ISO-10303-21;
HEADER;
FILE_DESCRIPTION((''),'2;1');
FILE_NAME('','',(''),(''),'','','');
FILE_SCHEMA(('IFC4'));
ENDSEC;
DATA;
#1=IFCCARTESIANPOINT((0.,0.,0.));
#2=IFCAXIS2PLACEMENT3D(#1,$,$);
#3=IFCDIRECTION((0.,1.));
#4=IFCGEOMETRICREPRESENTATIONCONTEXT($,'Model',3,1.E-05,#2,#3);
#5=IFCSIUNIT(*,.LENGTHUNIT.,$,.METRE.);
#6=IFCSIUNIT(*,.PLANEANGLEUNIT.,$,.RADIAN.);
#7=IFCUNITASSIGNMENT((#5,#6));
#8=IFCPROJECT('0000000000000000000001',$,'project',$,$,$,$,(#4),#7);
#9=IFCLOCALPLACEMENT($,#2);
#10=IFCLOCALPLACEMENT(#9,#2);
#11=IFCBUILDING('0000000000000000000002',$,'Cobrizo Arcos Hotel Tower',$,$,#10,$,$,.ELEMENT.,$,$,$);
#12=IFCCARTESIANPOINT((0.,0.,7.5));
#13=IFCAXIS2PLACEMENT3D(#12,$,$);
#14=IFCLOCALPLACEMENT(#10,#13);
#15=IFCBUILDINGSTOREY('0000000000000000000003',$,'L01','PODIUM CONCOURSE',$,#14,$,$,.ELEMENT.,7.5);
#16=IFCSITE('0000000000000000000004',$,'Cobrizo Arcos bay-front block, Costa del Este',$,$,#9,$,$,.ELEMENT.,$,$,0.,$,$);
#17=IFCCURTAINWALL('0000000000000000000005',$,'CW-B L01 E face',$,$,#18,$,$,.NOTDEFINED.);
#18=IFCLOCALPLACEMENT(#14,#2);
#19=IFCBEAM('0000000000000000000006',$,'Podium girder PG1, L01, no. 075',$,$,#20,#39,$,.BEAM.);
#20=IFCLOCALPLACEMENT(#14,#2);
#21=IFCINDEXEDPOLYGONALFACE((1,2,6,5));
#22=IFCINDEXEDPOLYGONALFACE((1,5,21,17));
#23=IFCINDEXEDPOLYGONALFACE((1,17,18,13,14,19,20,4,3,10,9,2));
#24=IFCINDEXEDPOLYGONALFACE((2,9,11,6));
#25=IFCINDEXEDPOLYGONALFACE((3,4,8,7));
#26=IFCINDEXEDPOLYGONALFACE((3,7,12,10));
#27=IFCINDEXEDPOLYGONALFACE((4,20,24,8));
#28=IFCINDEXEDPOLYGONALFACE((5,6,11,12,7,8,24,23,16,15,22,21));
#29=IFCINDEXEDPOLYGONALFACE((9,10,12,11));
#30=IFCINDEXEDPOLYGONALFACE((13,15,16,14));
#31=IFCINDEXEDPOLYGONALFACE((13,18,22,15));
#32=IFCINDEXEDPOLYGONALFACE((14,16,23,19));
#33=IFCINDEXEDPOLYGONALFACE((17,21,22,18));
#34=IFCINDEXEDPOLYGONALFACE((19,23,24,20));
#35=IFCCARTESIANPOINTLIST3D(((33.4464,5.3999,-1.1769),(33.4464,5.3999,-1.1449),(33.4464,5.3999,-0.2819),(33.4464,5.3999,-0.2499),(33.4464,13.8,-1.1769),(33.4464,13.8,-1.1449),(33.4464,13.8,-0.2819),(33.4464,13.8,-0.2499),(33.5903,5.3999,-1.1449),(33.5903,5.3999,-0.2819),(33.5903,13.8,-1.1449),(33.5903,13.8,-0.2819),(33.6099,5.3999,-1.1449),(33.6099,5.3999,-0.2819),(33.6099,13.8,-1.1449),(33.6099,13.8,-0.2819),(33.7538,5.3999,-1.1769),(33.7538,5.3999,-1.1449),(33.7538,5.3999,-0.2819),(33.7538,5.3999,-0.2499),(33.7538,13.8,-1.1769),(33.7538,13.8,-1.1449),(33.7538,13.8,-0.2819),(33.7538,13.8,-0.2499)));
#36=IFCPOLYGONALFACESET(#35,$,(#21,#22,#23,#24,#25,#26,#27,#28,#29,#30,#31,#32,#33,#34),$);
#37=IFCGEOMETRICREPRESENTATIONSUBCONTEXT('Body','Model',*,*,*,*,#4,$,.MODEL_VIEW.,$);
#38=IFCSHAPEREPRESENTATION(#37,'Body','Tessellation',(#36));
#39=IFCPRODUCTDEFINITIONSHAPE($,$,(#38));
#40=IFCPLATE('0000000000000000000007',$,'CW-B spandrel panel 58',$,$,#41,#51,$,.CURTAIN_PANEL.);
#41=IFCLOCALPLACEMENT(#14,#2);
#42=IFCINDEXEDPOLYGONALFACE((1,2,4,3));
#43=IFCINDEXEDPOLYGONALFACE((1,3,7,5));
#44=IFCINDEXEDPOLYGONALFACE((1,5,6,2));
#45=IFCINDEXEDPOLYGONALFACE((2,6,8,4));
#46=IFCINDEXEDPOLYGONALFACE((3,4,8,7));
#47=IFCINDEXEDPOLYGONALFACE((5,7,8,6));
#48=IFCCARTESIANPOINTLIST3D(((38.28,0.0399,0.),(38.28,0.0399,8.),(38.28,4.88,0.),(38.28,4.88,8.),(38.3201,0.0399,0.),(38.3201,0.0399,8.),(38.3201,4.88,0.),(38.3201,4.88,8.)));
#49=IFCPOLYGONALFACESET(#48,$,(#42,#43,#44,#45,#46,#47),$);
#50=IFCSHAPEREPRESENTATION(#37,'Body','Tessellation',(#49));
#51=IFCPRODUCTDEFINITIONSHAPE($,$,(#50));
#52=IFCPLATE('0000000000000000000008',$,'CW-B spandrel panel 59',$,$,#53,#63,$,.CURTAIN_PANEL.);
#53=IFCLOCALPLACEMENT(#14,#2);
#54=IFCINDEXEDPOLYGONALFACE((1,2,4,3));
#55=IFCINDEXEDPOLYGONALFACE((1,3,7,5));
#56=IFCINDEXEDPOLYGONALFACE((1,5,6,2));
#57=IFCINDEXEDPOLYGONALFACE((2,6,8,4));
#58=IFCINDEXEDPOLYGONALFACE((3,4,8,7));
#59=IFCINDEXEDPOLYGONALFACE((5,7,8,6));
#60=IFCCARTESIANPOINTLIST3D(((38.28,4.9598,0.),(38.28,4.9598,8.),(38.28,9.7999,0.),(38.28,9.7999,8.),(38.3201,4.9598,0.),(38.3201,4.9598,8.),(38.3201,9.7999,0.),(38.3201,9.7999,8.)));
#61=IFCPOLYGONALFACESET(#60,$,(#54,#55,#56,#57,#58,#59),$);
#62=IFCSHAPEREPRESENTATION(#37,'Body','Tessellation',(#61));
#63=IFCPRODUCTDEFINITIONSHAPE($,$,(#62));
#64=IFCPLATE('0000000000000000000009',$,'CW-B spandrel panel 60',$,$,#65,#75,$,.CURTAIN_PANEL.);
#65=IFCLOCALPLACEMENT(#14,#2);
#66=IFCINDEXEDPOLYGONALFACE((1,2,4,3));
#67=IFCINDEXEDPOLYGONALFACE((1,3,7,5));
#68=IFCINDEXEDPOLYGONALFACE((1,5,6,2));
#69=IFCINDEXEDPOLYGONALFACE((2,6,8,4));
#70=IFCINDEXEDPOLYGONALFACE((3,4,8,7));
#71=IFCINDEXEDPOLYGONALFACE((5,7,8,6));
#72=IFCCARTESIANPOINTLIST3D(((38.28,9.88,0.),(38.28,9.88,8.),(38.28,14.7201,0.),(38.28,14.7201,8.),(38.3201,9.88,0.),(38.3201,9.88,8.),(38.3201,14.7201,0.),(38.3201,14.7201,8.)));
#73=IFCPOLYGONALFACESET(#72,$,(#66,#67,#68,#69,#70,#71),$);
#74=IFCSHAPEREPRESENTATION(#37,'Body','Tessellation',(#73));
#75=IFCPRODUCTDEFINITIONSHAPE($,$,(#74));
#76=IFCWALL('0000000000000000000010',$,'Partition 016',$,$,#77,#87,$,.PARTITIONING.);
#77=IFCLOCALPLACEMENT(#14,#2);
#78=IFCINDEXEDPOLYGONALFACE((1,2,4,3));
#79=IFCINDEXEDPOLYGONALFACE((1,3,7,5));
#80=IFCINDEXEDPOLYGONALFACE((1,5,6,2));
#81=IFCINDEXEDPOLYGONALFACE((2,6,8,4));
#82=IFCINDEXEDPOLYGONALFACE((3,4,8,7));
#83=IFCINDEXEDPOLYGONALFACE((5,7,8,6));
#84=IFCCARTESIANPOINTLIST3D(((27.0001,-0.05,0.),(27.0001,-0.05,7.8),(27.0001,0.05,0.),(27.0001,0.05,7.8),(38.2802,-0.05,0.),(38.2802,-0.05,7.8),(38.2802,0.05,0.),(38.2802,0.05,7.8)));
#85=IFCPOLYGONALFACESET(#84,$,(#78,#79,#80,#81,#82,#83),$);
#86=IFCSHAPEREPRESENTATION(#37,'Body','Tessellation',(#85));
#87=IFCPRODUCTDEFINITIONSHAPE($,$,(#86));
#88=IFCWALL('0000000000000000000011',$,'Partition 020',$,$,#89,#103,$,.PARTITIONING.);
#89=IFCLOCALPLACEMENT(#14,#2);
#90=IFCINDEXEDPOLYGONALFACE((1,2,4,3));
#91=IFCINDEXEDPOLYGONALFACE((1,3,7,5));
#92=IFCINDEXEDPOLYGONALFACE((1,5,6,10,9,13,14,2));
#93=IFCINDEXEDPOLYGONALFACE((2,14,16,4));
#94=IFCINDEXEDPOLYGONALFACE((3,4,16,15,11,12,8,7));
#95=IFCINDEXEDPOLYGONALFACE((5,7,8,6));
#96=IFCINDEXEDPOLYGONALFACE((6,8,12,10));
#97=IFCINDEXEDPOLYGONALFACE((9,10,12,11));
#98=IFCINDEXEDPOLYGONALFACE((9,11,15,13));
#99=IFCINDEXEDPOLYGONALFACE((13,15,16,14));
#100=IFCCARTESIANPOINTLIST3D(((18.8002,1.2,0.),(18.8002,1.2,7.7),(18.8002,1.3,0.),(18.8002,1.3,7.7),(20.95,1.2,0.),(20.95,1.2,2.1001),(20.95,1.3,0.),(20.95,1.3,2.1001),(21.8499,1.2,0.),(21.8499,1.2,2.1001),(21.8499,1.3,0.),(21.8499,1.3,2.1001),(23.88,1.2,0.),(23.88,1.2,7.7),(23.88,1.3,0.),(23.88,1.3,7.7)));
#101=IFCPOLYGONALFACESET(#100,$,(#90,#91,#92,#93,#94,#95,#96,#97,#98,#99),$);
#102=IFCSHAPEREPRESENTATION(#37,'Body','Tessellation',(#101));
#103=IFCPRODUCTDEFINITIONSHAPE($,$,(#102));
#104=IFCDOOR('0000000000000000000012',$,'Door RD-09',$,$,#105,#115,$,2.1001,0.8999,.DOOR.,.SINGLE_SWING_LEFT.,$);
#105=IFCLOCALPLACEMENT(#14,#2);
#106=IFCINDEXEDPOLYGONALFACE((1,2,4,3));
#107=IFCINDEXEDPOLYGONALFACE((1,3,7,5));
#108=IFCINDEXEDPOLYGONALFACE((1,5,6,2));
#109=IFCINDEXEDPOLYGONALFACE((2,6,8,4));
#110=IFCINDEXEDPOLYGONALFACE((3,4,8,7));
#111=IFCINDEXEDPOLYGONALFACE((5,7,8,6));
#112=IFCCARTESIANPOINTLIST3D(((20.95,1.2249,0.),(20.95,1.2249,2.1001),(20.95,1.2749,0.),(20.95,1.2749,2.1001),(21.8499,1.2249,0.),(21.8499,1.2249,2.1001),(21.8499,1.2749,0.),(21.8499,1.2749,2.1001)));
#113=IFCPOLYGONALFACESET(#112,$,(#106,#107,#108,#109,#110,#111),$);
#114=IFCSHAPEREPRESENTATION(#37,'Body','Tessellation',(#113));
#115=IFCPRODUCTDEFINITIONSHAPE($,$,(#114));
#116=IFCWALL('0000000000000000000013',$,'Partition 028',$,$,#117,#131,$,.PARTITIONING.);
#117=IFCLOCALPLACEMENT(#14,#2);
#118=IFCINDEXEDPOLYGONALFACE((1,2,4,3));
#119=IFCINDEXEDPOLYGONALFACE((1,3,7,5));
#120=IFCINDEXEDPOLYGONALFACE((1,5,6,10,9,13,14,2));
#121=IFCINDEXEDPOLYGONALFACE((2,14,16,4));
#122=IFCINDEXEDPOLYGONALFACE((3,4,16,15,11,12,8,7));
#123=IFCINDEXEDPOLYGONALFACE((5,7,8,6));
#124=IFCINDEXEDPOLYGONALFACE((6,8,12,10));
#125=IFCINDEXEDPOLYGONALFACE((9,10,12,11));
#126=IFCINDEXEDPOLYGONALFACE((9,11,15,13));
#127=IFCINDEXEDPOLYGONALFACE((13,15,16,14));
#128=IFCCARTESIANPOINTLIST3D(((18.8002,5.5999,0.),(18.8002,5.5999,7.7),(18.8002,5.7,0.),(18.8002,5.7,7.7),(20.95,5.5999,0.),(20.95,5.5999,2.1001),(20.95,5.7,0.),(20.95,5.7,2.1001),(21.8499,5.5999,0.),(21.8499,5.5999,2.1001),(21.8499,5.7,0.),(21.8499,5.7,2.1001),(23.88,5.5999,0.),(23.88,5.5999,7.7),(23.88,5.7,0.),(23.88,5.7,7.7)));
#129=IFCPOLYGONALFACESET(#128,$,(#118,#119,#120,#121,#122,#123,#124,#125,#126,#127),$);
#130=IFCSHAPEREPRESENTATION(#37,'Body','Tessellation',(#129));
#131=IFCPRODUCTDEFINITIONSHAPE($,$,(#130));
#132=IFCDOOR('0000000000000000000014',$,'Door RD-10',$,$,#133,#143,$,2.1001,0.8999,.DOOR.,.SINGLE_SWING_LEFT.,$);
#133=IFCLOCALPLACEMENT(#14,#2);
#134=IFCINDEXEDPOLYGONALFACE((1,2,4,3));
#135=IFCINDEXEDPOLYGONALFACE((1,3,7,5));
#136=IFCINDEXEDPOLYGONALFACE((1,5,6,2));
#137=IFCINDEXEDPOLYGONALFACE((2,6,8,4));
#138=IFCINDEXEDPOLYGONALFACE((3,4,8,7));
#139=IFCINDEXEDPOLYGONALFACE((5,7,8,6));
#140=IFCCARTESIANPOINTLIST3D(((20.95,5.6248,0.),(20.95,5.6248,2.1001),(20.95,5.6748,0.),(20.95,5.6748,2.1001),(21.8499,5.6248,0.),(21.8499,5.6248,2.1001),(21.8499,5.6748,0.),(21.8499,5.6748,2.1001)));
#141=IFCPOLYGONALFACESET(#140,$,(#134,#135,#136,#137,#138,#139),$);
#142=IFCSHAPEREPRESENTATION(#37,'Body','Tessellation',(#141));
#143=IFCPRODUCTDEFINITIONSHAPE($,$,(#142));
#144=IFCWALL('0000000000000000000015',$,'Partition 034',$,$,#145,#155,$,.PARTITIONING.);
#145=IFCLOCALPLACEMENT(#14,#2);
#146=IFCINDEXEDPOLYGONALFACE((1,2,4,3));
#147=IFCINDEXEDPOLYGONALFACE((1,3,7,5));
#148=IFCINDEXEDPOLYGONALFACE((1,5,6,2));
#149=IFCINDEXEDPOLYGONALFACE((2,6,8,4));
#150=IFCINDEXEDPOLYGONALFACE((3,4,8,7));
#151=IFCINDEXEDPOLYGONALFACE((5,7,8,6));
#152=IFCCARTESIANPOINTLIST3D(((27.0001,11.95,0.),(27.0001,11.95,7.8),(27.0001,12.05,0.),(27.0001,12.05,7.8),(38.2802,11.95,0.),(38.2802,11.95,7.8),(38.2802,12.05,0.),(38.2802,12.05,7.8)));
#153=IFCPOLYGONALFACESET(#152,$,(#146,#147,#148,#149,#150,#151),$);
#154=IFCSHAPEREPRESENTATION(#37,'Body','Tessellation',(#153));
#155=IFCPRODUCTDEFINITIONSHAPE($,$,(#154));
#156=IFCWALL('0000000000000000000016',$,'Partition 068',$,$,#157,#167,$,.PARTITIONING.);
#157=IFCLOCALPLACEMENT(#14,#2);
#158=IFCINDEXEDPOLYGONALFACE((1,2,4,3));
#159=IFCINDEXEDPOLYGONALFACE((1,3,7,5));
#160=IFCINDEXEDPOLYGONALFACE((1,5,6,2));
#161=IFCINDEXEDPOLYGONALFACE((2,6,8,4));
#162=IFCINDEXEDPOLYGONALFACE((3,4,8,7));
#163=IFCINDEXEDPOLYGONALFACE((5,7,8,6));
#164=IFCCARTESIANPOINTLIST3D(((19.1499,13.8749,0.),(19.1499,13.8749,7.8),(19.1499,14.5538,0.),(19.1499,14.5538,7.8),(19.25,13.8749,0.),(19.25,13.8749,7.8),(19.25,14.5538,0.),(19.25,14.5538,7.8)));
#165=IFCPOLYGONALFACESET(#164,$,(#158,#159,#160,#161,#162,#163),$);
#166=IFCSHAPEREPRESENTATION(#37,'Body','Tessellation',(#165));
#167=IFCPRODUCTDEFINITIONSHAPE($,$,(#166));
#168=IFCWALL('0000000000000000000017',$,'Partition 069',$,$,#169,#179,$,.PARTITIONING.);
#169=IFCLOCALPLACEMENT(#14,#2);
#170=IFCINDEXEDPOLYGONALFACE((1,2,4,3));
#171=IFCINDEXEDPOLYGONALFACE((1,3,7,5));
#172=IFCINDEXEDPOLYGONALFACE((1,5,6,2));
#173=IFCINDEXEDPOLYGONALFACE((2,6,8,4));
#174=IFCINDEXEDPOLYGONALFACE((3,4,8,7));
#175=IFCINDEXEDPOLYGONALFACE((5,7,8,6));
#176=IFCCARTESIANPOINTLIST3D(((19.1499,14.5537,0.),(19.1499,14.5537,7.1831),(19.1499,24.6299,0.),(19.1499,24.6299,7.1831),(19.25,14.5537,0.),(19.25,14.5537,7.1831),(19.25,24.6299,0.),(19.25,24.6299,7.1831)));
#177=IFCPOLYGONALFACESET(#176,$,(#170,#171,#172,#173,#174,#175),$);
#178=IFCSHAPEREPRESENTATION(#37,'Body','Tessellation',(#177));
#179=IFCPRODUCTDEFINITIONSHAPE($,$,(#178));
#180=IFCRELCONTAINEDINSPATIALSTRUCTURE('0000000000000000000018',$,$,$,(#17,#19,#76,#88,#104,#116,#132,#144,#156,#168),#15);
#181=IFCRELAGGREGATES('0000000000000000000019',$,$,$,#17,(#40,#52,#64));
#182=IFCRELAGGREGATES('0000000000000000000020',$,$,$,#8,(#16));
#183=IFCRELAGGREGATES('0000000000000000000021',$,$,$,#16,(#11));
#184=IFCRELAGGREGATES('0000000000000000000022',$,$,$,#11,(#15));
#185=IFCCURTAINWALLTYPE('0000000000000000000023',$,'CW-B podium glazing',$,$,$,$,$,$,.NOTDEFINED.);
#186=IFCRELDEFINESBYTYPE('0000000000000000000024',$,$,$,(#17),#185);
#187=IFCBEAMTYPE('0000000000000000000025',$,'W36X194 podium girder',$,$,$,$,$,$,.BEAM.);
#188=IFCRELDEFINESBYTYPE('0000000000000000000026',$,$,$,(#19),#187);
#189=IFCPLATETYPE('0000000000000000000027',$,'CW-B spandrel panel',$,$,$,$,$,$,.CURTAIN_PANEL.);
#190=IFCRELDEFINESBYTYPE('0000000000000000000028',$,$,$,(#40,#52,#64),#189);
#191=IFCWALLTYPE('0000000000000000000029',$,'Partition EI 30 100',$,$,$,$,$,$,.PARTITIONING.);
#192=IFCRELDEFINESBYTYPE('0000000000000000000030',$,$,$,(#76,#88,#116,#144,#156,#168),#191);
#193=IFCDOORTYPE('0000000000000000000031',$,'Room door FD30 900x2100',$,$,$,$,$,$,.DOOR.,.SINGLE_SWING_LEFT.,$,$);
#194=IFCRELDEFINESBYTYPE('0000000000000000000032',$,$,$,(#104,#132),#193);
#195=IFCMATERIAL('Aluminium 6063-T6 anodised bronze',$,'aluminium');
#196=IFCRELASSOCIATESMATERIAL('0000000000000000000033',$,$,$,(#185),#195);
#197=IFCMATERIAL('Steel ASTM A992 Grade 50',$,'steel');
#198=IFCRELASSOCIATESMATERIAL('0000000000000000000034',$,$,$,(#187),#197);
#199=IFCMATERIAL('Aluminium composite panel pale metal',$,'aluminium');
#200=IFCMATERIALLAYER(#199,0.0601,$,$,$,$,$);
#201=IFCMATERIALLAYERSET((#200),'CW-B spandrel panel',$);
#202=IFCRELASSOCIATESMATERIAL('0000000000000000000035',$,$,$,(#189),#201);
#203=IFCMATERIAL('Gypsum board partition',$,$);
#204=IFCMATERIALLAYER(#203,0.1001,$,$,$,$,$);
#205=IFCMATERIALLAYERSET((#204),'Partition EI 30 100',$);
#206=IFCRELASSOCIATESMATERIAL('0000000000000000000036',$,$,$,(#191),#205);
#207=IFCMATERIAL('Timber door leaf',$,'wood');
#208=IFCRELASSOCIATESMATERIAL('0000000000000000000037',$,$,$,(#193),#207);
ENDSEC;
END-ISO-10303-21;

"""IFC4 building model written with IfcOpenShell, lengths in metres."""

from ifc_helpers import new_model, si_unit, direction, frame, frame_2d, origin, origin_2d, place, context, subcontext, project, spatial, rectangle, i_section, extrude, material, layer, layer_set, material_profile, profile_set, type_object, element, fill, aggregate, save


model = new_model("IFC4")

# Units and contexts
model_context = context("Model", 3, precision=1e-05, world=origin(), true_north=direction((0.0, 1.0)))
body_context = subcontext(model_context, "Body", "Model", "MODEL_VIEW")
ifc_project = project(units=[si_unit("LENGTHUNIT", "METRE"), si_unit("PLANEANGLEUNIT", "RADIAN")], contexts=[model_context])

# Site, building, storey
site_placement = place(None, origin())
site = spatial("IfcSite", under=ifc_project, at=site_placement, Name="Cobrizo Arcos bay-front block, Costa del Este", CompositionType="ELEMENT", RefElevation=0.0)
building_placement = place(site_placement, origin())
building = spatial("IfcBuilding", under=site, at=building_placement, Name="Cobrizo Arcos Hotel Tower", CompositionType="ELEMENT")
storey_placement = place(building_placement, frame((0.0, 0.0, 7.5)))
storey = spatial("IfcBuildingStorey", under=building, at=storey_placement, Name="L01", Description="PODIUM CONCOURSE", CompositionType="ELEMENT", Elevation=7.5)

# Curtain wall
ifc_material_1 = material(Name="Aluminium 6063-T6 anodised bronze", Category="aluminium")
curtain_wall_type = type_object("IfcCurtainWallType", Name="CW-B podium glazing", PredefinedType="NOTDEFINED", material=ifc_material_1)
curtain_wall_placement = place(storey_placement, origin())
curtain_wall = element("IfcCurtainWall", 1, at=curtain_wall_placement, inside=storey, type_object=curtain_wall_type, Name="CW-B L01 E face", PredefinedType="NOTDEFINED")

# Beam
ifc_material_2 = material(Name="Steel ASTM A992 Grade 50", Category="steel")
ifc_material_profile_1 = material_profile(ifc_material_2, i_section(OverallWidth=0.3074, OverallDepth=0.927, WebThickness=0.0195, FlangeThickness=0.032, at=origin_2d()), Name="W36X194")
ifc_profile_set_1 = profile_set([ifc_material_profile_1], Name="Steel ASTM A992 Grade 50")
beam_type_1 = type_object("IfcBeamType", Name="W36X194 podium girder", PredefinedType="BEAM", material=ifc_profile_set_1)
beam_1_placement = place(storey_placement, frame((33.6001, 5.3999, -0.7134), z_axis=(0.0, 1.0, 0.0), x_axis=(-1.0, 0.0, 0.0)))
element("IfcBeam", 2, at=beam_1_placement, inside=storey, type_object=beam_type_1, Name="Podium girder PG1, L01, no. 075", PredefinedType="BEAM", context=body_context, shape_type="SweptSolid", body=[
    extrude(i_section(OverallWidth=0.3074, OverallDepth=0.927, WebThickness=0.0195, FlangeThickness=0.032, at=origin_2d()), origin(), (0.0, 0.0, 1.0), 8.4001),
])

# Plates
ifc_material_3 = material(Name="Aluminium composite panel pale metal", Category="aluminium")
ifc_layer_1 = layer(ifc_material_3, 0.0601)
ifc_layer_set_1 = layer_set([ifc_layer_1], Name="CW-B spandrel panel")
plate_type = type_object("IfcPlateType", Name="CW-B spandrel panel", PredefinedType="CURTAIN_PANEL", material=ifc_layer_set_1)
plate_1_placement = place(storey_placement, frame((38.3, 2.46, 0.0), z_axis=(0.0, 0.0, 1.0), x_axis=(0.0, 1.0, 0.0)))
plate_1 = element("IfcPlate", 3, at=plate_1_placement, type_object=plate_type, Name="CW-B spandrel panel 58", PredefinedType="CURTAIN_PANEL", context=body_context, shape_type="SweptSolid", body=[
    extrude(rectangle(XDim=4.8401, YDim=0.04, at=origin_2d()), origin(), (0.0, 0.0, 1.0), 8.0),
])
plate_2_placement = place(storey_placement, frame((38.3, 7.3799, 0.0), z_axis=(0.0, 0.0, 1.0), x_axis=(0.0, 1.0, 0.0)))
plate_2 = element("IfcPlate", 4, at=plate_2_placement, type_object=plate_type, Name="CW-B spandrel panel 59", PredefinedType="CURTAIN_PANEL", context=body_context, shape_type="SweptSolid", body=[
    extrude(rectangle(XDim=4.8401, YDim=0.04, at=origin_2d()), origin(), (0.0, 0.0, 1.0), 8.0),
])
plate_3_placement = place(storey_placement, frame((38.3, 12.3, 0.0), z_axis=(0.0, 0.0, 1.0), x_axis=(0.0, 1.0, 0.0)))
plate_3 = element("IfcPlate", 5, at=plate_3_placement, type_object=plate_type, Name="CW-B spandrel panel 60", PredefinedType="CURTAIN_PANEL", context=body_context, shape_type="SweptSolid", body=[
    extrude(rectangle(XDim=4.8401, YDim=0.04, at=origin_2d()), origin(), (0.0, 0.0, 1.0), 8.0),
])
aggregate(curtain_wall, [plate_1, plate_2, plate_3])

# Wall
ifc_material_4 = material(Name="Gypsum board partition")
ifc_layer_2 = layer(ifc_material_4, 0.1001)
ifc_layer_set_2 = layer_set([ifc_layer_2], Name="Partition EI 30 100")
wall_type_1 = type_object("IfcWallType", Name="Partition EI 30 100", PredefinedType="PARTITIONING", material=ifc_layer_set_2)
wall_1_placement = place(storey_placement, frame((27.0, 0.0, 0.0), z_axis=(0.0, 0.0, 1.0), x_axis=(1.0, 0.0, 0.0)))
element("IfcWall", 6, at=wall_1_placement, inside=storey, type_object=wall_type_1, Name="Partition 016", PredefinedType="PARTITIONING", context=body_context, shape_type="SweptSolid", body=[
    extrude(rectangle(XDim=11.28, YDim=0.1001, at=frame_2d((5.6401, 0.0))), origin(), (0.0, 0.0, 1.0), 7.8),
])

# Walls, openings, doors
wall_2_placement = place(storey_placement, frame((18.8, 1.25, 0.0), z_axis=(0.0, 0.0, 1.0), x_axis=(1.0, 0.0, 0.0)))
wall_2 = element("IfcWall", 7, at=wall_2_placement, inside=storey, type_object=wall_type_1, Name="Partition 020", PredefinedType="PARTITIONING", context=body_context, shape_type="SweptSolid", body=[
    extrude(rectangle(XDim=5.0798, YDim=0.1001, at=frame_2d((2.54, 0.0))), origin(), (0.0, 0.0, 1.0), 7.7),
])
opening_1_placement = place(wall_2_placement, frame((2.1499, 0.0, 0.0)))
opening_1 = element("IfcOpeningElement", 8, at=opening_1_placement, cuts=wall_2, PredefinedType="OPENING", context=body_context, shape_type="SweptSolid", body=[
    extrude(rectangle(XDim=0.8999, YDim=2.1001, at=frame_2d((0.45, 1.05))), frame((0.0, 0.062, 0.0), z_axis=(0.0, -1.0, 0.0), x_axis=(1.0, 0.0, 0.0)), (0.0, 0.0, 1.0), 0.124),
])
ifc_material_5 = material(Name="Timber door leaf", Category="wood")
door_type = type_object("IfcDoorType", Name="Room door FD30 900x2100", OperationType="SINGLE_SWING_LEFT", PredefinedType="DOOR", material=ifc_material_5)
door_1_placement = place(opening_1_placement, origin())
door_1 = element("IfcDoor", 9, at=door_1_placement, inside=storey, type_object=door_type, Name="Door RD-09", OperationType="SINGLE_SWING_LEFT", OverallHeight=2.1001, OverallWidth=0.8999, PredefinedType="DOOR", context=body_context, shape_type="SweptSolid", body=[
    extrude(rectangle(XDim=0.8999, YDim=2.1001, at=frame_2d((0.45, 1.05))), frame((0.0, 0.0249, 0.0), z_axis=(0.0, -1.0, 0.0), x_axis=(1.0, 0.0, 0.0)), (0.0, 0.0, 1.0), 0.05),
])
fill(opening_1, door_1)
wall_3_placement = place(storey_placement, frame((18.8, 5.6499, 0.0), z_axis=(0.0, 0.0, 1.0), x_axis=(1.0, 0.0, 0.0)))
wall_3 = element("IfcWall", 10, at=wall_3_placement, inside=storey, type_object=wall_type_1, Name="Partition 028", PredefinedType="PARTITIONING", context=body_context, shape_type="SweptSolid", body=[
    extrude(rectangle(XDim=5.0798, YDim=0.1001, at=frame_2d((2.54, 0.0))), origin(), (0.0, 0.0, 1.0), 7.7),
])
opening_2_placement = place(wall_3_placement, frame((2.1499, 0.0, 0.0)))
opening_2 = element("IfcOpeningElement", 11, at=opening_2_placement, cuts=wall_3, PredefinedType="OPENING", context=body_context, shape_type="SweptSolid", body=[
    extrude(rectangle(XDim=0.8999, YDim=2.1001, at=frame_2d((0.45, 1.05))), frame((0.0, 0.062, 0.0), z_axis=(0.0, -1.0, 0.0), x_axis=(1.0, 0.0, 0.0)), (0.0, 0.0, 1.0), 0.124),
])
door_2_placement = place(opening_2_placement, origin())
door_2 = element("IfcDoor", 12, at=door_2_placement, inside=storey, type_object=door_type, Name="Door RD-10", OperationType="SINGLE_SWING_LEFT", OverallHeight=2.1001, OverallWidth=0.8999, PredefinedType="DOOR", context=body_context, shape_type="SweptSolid", body=[
    extrude(rectangle(XDim=0.8999, YDim=2.1001, at=frame_2d((0.45, 1.05))), frame((0.0, 0.0249, 0.0), z_axis=(0.0, -1.0, 0.0), x_axis=(1.0, 0.0, 0.0)), (0.0, 0.0, 1.0), 0.05),
])
fill(opening_2, door_2)

# Walls
wall_4_placement = place(storey_placement, frame((27.0, 12.0, 0.0), z_axis=(0.0, 0.0, 1.0), x_axis=(1.0, 0.0, 0.0)))
element("IfcWall", 13, at=wall_4_placement, inside=storey, type_object=wall_type_1, Name="Partition 034", PredefinedType="PARTITIONING", context=body_context, shape_type="SweptSolid", body=[
    extrude(rectangle(XDim=11.28, YDim=0.1001, at=frame_2d((5.6401, 0.0))), origin(), (0.0, 0.0, 1.0), 7.8),
])
wall_5_placement = place(storey_placement, frame((19.2, 13.875, 0.0), z_axis=(0.0, 0.0, 1.0), x_axis=(0.0, 1.0, 0.0)))
element("IfcWall", 14, at=wall_5_placement, inside=storey, type_object=wall_type_1, Name="Partition 068", PredefinedType="PARTITIONING", context=body_context, shape_type="SweptSolid", body=[
    extrude(rectangle(XDim=0.679, YDim=0.1001, at=frame_2d((0.3394, 0.0))), origin(), (0.0, 0.0, 1.0), 7.8),
])
wall_6_placement = place(storey_placement, frame((19.2, 14.5537, 0.0), z_axis=(0.0, 0.0, 1.0), x_axis=(0.0, 1.0, 0.0)))
element("IfcWall", 15, at=wall_6_placement, inside=storey, type_object=wall_type_1, Name="Partition 069", PredefinedType="PARTITIONING", context=body_context, shape_type="SweptSolid", body=[
    extrude(rectangle(XDim=10.0762, YDim=0.1001, at=frame_2d((5.0381, 0.0))), origin(), (0.0, 0.0, 1.0), 7.1831),
])

save(model, "model.ifc")
